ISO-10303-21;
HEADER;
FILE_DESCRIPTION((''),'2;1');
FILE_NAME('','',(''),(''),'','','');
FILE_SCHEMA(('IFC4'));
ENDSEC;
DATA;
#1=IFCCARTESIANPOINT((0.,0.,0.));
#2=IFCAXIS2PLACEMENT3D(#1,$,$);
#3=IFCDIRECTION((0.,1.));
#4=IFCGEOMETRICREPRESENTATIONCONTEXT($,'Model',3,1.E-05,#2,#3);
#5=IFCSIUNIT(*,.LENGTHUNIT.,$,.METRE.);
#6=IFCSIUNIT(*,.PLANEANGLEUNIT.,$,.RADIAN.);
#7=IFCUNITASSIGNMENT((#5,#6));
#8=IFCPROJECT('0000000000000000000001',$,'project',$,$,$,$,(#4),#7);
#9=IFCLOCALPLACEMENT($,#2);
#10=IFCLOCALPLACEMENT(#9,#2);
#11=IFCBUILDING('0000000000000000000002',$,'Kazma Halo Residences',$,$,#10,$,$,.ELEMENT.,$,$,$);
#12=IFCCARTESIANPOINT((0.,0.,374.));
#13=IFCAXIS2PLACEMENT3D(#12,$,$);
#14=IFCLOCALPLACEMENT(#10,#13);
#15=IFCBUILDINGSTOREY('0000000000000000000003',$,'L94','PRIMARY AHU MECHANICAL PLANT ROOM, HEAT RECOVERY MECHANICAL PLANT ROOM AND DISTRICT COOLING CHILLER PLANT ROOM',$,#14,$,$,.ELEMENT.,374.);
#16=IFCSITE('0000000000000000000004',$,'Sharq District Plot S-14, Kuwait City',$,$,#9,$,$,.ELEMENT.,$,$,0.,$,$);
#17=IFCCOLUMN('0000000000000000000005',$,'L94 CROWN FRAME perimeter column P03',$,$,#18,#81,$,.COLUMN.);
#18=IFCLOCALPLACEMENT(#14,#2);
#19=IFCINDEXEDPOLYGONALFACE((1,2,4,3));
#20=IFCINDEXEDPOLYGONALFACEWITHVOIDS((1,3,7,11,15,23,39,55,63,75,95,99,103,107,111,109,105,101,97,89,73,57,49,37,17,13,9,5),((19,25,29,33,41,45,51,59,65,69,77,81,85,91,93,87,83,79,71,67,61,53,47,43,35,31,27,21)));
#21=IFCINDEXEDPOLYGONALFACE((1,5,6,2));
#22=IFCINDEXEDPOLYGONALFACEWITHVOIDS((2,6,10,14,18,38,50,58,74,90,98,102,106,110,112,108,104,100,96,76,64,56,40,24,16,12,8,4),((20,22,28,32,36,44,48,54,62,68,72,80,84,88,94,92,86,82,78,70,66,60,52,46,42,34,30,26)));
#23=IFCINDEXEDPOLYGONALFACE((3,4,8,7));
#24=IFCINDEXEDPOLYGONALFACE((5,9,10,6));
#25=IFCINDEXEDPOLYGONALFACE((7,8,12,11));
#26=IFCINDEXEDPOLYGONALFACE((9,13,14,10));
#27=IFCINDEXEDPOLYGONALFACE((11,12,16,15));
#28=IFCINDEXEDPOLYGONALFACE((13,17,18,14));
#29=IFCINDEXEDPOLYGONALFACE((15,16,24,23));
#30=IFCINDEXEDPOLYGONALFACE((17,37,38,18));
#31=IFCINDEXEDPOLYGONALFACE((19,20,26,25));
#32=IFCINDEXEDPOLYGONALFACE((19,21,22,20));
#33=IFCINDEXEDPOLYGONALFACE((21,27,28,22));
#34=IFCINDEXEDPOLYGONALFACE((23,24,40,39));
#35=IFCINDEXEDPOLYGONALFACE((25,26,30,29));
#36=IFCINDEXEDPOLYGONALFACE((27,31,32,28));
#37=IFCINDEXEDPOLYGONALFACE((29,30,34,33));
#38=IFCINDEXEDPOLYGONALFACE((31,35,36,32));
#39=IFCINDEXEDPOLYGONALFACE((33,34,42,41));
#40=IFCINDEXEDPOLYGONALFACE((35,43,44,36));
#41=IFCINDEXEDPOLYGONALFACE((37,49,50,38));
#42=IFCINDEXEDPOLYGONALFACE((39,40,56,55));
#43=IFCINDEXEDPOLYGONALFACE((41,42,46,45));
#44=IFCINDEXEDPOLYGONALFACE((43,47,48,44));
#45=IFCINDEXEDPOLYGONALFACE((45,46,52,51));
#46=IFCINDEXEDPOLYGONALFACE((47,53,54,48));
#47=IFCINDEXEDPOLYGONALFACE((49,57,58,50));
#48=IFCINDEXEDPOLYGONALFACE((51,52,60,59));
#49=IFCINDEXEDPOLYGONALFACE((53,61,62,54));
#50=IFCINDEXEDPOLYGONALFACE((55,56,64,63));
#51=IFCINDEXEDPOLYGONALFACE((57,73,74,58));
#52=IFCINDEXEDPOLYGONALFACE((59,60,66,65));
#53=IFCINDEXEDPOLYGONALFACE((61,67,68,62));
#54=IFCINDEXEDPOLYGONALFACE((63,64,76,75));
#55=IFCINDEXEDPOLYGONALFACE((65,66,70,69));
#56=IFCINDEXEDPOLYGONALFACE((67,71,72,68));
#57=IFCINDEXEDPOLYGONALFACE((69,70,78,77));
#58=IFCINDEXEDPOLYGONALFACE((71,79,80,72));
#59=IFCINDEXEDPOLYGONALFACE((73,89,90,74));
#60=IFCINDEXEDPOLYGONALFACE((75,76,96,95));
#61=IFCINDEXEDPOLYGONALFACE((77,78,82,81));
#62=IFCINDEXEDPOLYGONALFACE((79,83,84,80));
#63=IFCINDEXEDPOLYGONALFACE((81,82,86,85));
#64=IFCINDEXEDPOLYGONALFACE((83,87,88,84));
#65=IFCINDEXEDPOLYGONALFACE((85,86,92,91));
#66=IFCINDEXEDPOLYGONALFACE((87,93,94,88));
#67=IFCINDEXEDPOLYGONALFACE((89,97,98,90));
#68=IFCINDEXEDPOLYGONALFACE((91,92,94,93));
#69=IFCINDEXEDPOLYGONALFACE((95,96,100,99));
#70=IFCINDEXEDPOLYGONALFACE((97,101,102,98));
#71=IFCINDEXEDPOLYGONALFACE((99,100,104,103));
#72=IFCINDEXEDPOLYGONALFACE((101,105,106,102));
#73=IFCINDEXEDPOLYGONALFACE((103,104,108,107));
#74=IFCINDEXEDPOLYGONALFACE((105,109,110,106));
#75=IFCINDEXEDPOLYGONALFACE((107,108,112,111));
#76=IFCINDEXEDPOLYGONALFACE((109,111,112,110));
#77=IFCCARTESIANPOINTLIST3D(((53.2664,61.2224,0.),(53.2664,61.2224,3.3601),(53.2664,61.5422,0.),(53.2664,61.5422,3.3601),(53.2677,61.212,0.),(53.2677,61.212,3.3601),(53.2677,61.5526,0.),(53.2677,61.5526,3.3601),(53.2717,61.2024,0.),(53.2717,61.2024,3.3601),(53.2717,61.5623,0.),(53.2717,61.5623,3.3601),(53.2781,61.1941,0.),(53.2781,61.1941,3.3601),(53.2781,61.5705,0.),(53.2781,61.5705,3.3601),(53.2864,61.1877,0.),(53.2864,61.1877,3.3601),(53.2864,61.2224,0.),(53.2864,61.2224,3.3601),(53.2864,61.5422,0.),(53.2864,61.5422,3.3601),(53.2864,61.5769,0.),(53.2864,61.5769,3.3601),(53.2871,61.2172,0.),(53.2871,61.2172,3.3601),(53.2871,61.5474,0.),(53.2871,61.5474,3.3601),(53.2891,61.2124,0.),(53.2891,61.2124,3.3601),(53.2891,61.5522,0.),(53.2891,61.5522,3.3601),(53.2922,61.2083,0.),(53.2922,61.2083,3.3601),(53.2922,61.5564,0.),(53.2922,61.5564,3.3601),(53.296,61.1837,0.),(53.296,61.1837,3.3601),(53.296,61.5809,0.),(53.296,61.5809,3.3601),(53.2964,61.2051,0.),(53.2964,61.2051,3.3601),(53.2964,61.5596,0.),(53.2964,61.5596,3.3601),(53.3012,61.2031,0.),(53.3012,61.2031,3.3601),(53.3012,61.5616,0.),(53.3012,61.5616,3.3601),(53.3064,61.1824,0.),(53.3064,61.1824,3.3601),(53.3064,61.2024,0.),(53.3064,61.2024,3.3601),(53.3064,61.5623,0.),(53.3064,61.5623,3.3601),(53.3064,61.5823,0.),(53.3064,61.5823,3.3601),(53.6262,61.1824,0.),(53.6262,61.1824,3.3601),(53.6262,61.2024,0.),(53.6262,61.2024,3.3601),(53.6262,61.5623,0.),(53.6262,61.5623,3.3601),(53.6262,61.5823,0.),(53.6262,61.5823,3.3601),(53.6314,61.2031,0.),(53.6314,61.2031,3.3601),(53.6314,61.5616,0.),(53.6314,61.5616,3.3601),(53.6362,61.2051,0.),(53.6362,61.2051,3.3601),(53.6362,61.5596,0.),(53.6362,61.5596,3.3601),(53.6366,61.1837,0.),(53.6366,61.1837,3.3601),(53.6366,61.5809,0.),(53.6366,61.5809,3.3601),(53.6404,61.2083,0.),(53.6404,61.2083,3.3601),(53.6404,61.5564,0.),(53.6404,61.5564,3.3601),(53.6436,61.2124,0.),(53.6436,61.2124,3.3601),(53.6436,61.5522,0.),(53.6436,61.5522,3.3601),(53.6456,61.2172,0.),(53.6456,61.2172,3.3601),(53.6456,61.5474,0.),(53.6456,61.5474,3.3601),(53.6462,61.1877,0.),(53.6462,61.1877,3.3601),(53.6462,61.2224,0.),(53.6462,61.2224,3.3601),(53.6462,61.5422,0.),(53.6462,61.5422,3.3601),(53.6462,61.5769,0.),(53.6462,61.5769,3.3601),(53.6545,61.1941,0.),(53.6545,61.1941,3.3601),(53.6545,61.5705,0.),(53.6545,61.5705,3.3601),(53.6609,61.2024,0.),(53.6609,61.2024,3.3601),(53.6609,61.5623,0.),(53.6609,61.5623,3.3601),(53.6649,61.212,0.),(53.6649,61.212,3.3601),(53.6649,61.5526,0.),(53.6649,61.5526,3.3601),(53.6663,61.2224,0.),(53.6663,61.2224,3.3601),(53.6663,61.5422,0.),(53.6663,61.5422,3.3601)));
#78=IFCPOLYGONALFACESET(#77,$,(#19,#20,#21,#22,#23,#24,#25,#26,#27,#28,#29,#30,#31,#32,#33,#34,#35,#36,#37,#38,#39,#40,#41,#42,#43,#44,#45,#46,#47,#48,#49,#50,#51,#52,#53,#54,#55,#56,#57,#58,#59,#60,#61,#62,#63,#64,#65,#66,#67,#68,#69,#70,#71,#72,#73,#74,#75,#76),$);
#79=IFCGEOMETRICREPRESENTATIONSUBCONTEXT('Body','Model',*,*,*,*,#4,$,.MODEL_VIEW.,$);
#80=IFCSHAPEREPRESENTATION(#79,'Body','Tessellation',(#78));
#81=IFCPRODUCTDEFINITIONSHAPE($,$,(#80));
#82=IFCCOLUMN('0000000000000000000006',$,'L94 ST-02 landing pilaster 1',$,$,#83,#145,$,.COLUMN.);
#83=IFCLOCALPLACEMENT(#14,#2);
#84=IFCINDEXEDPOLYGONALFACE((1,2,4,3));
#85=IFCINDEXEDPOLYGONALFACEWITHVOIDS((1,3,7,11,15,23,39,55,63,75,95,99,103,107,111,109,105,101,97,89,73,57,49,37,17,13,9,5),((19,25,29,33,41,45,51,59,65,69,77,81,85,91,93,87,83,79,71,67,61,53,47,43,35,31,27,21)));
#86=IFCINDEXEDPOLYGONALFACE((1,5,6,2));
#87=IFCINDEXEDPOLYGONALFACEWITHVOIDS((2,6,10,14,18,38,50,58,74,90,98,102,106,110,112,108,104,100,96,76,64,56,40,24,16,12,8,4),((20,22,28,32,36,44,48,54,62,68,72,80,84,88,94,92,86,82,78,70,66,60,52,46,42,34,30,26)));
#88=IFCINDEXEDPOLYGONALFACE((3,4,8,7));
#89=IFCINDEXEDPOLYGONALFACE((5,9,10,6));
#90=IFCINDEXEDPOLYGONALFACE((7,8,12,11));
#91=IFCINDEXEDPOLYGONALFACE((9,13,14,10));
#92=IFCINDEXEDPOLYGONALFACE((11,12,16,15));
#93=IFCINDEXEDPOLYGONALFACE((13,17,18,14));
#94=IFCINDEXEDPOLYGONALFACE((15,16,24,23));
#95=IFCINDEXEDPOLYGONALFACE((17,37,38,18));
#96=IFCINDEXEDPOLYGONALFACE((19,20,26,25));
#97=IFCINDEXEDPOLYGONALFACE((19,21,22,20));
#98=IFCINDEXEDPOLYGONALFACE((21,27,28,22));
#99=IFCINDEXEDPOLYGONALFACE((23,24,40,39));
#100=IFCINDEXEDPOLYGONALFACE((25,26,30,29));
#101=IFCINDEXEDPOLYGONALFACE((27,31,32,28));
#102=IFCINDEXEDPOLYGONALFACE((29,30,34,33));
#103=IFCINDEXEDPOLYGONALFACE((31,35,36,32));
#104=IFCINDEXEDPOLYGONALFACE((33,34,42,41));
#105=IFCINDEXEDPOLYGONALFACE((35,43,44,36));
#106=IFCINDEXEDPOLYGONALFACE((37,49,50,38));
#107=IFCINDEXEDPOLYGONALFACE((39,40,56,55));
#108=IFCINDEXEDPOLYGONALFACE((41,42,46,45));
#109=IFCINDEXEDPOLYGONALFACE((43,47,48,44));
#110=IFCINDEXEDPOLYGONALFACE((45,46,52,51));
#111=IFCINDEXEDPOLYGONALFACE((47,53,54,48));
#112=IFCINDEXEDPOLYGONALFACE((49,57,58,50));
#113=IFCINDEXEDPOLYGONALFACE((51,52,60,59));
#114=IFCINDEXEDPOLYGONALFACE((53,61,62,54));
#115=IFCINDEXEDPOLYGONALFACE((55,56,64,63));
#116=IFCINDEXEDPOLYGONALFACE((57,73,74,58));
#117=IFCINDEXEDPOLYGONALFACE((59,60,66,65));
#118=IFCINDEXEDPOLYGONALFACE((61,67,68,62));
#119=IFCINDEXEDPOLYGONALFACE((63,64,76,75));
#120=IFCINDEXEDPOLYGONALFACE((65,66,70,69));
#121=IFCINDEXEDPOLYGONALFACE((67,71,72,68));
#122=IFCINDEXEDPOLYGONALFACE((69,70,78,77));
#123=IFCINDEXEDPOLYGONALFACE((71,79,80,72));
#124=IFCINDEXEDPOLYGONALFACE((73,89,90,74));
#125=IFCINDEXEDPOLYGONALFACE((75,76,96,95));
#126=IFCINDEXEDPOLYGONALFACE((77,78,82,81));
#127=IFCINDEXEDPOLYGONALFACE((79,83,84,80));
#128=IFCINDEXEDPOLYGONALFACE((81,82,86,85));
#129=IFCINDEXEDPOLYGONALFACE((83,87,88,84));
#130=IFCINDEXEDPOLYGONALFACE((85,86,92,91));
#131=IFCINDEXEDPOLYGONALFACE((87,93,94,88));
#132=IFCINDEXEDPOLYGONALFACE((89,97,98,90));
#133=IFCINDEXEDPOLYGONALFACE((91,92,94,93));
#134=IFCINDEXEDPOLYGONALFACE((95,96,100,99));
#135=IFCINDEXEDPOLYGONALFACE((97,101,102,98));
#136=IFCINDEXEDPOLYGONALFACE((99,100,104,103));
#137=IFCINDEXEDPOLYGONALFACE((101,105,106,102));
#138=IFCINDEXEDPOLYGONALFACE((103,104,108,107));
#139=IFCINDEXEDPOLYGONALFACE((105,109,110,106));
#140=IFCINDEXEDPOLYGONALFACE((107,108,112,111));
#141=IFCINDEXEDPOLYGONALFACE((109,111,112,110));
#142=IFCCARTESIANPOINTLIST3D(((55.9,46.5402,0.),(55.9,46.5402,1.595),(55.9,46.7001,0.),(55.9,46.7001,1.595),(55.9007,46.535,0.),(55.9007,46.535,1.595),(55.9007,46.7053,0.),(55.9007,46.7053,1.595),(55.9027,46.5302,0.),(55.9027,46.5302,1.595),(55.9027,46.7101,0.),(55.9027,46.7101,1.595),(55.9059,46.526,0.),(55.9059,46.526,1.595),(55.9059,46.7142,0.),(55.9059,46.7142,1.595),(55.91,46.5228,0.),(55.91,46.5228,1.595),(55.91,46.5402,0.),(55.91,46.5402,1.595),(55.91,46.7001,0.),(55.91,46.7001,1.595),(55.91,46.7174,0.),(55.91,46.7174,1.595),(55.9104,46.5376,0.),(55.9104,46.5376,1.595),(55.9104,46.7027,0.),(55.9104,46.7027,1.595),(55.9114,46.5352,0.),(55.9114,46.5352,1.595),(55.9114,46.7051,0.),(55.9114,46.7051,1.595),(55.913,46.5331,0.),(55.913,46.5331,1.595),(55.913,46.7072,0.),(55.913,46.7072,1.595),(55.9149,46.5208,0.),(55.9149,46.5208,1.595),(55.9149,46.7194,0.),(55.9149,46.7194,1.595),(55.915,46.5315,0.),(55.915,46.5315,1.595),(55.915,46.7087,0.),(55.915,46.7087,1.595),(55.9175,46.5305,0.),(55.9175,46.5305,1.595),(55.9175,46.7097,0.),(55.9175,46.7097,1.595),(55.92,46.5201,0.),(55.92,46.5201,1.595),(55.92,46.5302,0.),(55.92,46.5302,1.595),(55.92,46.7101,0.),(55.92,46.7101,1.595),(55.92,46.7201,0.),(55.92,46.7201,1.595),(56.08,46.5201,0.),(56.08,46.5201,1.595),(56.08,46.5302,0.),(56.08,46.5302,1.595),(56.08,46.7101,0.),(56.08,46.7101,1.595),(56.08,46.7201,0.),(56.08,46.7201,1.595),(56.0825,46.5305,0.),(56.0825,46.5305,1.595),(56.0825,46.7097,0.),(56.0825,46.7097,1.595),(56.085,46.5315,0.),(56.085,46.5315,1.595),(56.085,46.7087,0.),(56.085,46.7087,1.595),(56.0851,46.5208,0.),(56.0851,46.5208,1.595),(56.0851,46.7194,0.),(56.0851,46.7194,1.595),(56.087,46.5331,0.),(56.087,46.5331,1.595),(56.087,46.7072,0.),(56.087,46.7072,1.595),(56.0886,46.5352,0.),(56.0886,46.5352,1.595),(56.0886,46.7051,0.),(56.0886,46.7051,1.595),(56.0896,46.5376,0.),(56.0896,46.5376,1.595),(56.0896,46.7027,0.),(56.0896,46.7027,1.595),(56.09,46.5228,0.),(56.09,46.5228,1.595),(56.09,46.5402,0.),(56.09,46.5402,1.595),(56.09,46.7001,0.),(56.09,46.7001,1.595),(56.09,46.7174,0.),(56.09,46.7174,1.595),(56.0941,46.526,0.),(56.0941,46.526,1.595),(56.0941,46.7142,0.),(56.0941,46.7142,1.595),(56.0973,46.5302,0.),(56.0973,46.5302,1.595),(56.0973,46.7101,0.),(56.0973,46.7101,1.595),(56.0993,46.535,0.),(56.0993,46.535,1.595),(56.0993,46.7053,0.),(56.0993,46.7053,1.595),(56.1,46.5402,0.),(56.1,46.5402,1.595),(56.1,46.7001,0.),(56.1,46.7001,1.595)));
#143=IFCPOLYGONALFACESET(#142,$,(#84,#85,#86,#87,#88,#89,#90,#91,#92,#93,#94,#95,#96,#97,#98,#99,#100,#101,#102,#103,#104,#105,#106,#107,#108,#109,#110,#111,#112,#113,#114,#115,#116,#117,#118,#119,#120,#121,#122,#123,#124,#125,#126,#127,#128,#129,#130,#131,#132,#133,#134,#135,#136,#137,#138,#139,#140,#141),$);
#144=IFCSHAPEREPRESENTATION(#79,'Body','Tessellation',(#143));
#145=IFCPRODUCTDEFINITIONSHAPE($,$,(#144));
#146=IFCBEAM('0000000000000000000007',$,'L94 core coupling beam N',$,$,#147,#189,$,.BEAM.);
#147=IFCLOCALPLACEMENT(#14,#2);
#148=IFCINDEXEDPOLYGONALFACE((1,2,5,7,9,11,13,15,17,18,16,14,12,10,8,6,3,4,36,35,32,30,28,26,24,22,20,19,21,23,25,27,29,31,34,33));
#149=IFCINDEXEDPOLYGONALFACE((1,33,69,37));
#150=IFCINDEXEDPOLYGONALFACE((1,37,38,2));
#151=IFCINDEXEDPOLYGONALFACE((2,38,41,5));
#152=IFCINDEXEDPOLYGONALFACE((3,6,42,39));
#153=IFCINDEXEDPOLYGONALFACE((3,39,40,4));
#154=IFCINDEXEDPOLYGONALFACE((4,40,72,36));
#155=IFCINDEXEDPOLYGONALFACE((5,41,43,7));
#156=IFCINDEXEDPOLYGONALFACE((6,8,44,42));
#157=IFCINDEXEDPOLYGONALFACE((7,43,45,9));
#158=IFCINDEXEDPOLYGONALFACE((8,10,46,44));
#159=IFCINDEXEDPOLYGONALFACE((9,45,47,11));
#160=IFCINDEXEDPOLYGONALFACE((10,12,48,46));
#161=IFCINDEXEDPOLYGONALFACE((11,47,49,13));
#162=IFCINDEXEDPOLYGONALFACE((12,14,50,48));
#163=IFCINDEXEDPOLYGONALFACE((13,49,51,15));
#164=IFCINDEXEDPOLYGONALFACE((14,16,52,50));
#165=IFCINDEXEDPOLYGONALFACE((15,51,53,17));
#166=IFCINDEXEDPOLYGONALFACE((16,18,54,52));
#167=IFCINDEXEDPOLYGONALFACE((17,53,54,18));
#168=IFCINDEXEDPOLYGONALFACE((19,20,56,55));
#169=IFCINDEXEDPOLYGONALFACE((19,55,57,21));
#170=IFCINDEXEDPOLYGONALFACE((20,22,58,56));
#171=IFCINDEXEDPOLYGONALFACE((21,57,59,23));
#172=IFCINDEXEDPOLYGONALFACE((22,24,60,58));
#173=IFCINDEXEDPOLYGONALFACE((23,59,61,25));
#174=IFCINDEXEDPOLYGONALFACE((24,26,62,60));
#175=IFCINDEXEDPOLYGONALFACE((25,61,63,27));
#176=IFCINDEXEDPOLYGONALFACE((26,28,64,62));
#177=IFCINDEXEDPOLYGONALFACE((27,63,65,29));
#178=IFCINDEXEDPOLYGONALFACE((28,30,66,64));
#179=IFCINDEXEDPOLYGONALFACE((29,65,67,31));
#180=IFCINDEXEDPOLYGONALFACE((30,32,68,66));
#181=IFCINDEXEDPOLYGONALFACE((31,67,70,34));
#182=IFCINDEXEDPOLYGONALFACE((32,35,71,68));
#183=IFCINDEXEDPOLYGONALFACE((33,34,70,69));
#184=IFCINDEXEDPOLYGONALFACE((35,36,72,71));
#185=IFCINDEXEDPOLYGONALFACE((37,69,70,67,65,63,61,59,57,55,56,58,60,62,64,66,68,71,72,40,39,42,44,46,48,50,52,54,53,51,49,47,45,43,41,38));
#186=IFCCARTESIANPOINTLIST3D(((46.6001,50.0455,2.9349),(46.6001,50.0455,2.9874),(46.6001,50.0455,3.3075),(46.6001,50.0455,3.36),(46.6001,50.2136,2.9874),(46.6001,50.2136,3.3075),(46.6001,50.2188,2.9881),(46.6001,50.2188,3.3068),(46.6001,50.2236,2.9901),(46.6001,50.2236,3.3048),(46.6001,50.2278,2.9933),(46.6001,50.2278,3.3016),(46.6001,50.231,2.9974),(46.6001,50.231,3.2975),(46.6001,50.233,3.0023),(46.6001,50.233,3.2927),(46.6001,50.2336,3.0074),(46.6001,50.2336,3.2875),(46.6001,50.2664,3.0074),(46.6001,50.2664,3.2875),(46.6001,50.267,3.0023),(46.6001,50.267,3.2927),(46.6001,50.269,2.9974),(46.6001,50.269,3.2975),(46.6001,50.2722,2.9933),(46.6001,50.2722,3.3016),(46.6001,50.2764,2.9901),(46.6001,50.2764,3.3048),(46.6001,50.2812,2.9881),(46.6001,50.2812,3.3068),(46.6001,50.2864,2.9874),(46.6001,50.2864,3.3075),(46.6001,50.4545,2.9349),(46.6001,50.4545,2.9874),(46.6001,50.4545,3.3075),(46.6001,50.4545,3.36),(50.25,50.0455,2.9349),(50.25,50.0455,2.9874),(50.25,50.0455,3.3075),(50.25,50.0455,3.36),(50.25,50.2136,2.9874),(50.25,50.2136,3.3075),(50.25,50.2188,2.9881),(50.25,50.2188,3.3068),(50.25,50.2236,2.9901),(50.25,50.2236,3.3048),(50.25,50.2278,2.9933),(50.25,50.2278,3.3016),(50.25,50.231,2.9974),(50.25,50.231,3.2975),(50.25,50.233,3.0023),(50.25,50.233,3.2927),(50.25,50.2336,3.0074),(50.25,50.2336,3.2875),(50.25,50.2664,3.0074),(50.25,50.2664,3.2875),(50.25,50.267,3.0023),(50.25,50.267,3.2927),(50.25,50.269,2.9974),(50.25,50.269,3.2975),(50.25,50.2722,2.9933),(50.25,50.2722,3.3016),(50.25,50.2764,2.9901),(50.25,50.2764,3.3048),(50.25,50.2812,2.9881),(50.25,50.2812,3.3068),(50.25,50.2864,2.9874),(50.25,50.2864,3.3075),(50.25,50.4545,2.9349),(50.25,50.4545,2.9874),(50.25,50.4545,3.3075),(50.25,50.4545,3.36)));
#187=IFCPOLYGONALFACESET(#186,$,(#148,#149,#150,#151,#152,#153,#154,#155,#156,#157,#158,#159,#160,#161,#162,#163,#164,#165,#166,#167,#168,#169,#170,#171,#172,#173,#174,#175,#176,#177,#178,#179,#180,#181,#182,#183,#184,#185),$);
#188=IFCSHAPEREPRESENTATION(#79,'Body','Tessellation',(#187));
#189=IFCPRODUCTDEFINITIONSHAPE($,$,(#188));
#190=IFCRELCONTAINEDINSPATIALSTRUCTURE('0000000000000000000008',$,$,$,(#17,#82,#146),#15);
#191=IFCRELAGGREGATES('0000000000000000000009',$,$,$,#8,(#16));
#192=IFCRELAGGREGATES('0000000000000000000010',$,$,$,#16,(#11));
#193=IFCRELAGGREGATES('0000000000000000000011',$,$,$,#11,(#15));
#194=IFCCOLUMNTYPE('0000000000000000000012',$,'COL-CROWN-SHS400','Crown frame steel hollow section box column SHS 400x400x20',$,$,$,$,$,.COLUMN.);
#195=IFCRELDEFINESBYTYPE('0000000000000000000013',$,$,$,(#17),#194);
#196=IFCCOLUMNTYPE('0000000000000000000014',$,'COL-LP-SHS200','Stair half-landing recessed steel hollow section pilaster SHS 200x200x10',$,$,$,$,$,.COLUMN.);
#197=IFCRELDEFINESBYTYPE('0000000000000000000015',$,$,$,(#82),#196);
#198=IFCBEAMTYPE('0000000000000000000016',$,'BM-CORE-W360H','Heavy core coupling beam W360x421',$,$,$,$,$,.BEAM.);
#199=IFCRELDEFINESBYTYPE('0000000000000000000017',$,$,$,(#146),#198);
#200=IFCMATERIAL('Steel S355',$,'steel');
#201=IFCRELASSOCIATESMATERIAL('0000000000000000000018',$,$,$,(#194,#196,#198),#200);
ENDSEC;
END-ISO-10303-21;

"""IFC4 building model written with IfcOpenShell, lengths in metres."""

from ifc_helpers import new_model, si_unit, direction, frame, origin, origin_2d, place, context, subcontext, project, spatial, hollow_rectangle, i_section, extrude, material, material_profile, profile_set, type_object, element, save


model = new_model("IFC4")

# Units and contexts
model_context = context("Model", 3, precision=1e-05, world=origin(), true_north=direction((0.0, 1.0)))
body_context = subcontext(model_context, "Body", "Model", "MODEL_VIEW")
ifc_project = project(units=[si_unit("LENGTHUNIT", "METRE"), si_unit("PLANEANGLEUNIT", "RADIAN")], contexts=[model_context])

# Site, building, storey
site_placement = place(None, origin())
site = spatial("IfcSite", under=ifc_project, at=site_placement, Name="Sharq District Plot S-14, Kuwait City", CompositionType="ELEMENT", RefElevation=0.0)
building_placement = place(site_placement, origin())
building = spatial("IfcBuilding", under=site, at=building_placement, Name="Kazma Halo Residences", CompositionType="ELEMENT")
storey_placement = place(building_placement, frame((0.0, 0.0, 374.0)))
storey = spatial("IfcBuildingStorey", under=building, at=storey_placement, Name="L94", Description="PRIMARY AHU MECHANICAL PLANT ROOM, HEAT RECOVERY MECHANICAL PLANT ROOM AND DISTRICT COOLING CHILLER PLANT ROOM", CompositionType="ELEMENT", Elevation=374.0)

# Columns
ifc_material_1 = material(Name="Steel S355", Category="steel")
ifc_material_profile_1 = material_profile(ifc_material_1, hollow_rectangle(XDim=0.3999, YDim=0.3999, WallThickness=0.02, InnerFilletRadius=0.02, OuterFilletRadius=0.04, at=origin_2d()), Name="SHS400x400x20")
ifc_profile_set_1 = profile_set([ifc_material_profile_1], Name="Steel S355")
column_type_1 = type_object("IfcColumnType", Name="COL-CROWN-SHS400", Description="Crown frame steel hollow section box column SHS 400x400x20", PredefinedType="COLUMN", material=ifc_profile_set_1)
column_1_placement = place(storey_placement, frame((53.4663, 61.3823, 0.0), z_axis=(0.0, 0.0, 1.0), x_axis=(1.0, 0.0, 0.0)))
element("IfcColumn", 1, at=column_1_placement, inside=storey, type_object=column_type_1, Name="L94 CROWN FRAME perimeter column P03", PredefinedType="COLUMN", context=body_context, shape_type="SweptSolid", body=[
    extrude(hollow_rectangle(XDim=0.3999, YDim=0.3999, WallThickness=0.02, InnerFilletRadius=0.02, OuterFilletRadius=0.04, at=origin_2d()), origin(), (0.0, 0.0, 1.0), 3.3601),
])
ifc_material_profile_2 = material_profile(ifc_material_1, hollow_rectangle(XDim=0.2, YDim=0.2, WallThickness=0.01, InnerFilletRadius=0.01, OuterFilletRadius=0.02, at=origin_2d()), Name="SHS200x200x10")
ifc_profile_set_2 = profile_set([ifc_material_profile_2], Name="Steel S355")
column_type_2 = type_object("IfcColumnType", Name="COL-LP-SHS200", Description="Stair half-landing recessed steel hollow section pilaster SHS 200x200x10", PredefinedType="COLUMN", material=ifc_profile_set_2)
column_2_placement = place(storey_placement, frame((56.0, 46.6201, 0.0), z_axis=(0.0, 0.0, 1.0), x_axis=(1.0, 0.0, 0.0)))
element("IfcColumn", 2, at=column_2_placement, inside=storey, type_object=column_type_2, Name="L94 ST-02 landing pilaster 1", PredefinedType="COLUMN", context=body_context, shape_type="SweptSolid", body=[
    extrude(hollow_rectangle(XDim=0.2, YDim=0.2, WallThickness=0.01, InnerFilletRadius=0.01, OuterFilletRadius=0.02, at=origin_2d()), origin(), (0.0, 0.0, 1.0), 1.595),
])

# Beam
ifc_material_profile_3 = material_profile(ifc_material_1, i_section(OverallWidth=0.4089, OverallDepth=0.425, WebThickness=0.0327, FlangeThickness=0.0525, FilletRadius=0.02, at=origin_2d()), Name="W360x421")
ifc_profile_set_3 = profile_set([ifc_material_profile_3], Name="Steel S355")
beam_type_1 = type_object("IfcBeamType", Name="BM-CORE-W360H", Description="Heavy core coupling beam W360x421", PredefinedType="BEAM", material=ifc_profile_set_3)
beam_1_placement = place(storey_placement, frame((46.6001, 50.25, 3.1475), z_axis=(1.0, 0.0, 0.0), x_axis=(0.0, 1.0, 0.0)))
element("IfcBeam", 3, at=beam_1_placement, inside=storey, type_object=beam_type_1, Name="L94 core coupling beam N", PredefinedType="BEAM", context=body_context, shape_type="SweptSolid", body=[
    extrude(i_section(OverallWidth=0.4089, OverallDepth=0.425, WebThickness=0.0327, FlangeThickness=0.0525, FilletRadius=0.02, at=origin_2d()), origin(), (0.0, 0.0, 1.0), 3.6499),
])

save(model, "model.ifc")
